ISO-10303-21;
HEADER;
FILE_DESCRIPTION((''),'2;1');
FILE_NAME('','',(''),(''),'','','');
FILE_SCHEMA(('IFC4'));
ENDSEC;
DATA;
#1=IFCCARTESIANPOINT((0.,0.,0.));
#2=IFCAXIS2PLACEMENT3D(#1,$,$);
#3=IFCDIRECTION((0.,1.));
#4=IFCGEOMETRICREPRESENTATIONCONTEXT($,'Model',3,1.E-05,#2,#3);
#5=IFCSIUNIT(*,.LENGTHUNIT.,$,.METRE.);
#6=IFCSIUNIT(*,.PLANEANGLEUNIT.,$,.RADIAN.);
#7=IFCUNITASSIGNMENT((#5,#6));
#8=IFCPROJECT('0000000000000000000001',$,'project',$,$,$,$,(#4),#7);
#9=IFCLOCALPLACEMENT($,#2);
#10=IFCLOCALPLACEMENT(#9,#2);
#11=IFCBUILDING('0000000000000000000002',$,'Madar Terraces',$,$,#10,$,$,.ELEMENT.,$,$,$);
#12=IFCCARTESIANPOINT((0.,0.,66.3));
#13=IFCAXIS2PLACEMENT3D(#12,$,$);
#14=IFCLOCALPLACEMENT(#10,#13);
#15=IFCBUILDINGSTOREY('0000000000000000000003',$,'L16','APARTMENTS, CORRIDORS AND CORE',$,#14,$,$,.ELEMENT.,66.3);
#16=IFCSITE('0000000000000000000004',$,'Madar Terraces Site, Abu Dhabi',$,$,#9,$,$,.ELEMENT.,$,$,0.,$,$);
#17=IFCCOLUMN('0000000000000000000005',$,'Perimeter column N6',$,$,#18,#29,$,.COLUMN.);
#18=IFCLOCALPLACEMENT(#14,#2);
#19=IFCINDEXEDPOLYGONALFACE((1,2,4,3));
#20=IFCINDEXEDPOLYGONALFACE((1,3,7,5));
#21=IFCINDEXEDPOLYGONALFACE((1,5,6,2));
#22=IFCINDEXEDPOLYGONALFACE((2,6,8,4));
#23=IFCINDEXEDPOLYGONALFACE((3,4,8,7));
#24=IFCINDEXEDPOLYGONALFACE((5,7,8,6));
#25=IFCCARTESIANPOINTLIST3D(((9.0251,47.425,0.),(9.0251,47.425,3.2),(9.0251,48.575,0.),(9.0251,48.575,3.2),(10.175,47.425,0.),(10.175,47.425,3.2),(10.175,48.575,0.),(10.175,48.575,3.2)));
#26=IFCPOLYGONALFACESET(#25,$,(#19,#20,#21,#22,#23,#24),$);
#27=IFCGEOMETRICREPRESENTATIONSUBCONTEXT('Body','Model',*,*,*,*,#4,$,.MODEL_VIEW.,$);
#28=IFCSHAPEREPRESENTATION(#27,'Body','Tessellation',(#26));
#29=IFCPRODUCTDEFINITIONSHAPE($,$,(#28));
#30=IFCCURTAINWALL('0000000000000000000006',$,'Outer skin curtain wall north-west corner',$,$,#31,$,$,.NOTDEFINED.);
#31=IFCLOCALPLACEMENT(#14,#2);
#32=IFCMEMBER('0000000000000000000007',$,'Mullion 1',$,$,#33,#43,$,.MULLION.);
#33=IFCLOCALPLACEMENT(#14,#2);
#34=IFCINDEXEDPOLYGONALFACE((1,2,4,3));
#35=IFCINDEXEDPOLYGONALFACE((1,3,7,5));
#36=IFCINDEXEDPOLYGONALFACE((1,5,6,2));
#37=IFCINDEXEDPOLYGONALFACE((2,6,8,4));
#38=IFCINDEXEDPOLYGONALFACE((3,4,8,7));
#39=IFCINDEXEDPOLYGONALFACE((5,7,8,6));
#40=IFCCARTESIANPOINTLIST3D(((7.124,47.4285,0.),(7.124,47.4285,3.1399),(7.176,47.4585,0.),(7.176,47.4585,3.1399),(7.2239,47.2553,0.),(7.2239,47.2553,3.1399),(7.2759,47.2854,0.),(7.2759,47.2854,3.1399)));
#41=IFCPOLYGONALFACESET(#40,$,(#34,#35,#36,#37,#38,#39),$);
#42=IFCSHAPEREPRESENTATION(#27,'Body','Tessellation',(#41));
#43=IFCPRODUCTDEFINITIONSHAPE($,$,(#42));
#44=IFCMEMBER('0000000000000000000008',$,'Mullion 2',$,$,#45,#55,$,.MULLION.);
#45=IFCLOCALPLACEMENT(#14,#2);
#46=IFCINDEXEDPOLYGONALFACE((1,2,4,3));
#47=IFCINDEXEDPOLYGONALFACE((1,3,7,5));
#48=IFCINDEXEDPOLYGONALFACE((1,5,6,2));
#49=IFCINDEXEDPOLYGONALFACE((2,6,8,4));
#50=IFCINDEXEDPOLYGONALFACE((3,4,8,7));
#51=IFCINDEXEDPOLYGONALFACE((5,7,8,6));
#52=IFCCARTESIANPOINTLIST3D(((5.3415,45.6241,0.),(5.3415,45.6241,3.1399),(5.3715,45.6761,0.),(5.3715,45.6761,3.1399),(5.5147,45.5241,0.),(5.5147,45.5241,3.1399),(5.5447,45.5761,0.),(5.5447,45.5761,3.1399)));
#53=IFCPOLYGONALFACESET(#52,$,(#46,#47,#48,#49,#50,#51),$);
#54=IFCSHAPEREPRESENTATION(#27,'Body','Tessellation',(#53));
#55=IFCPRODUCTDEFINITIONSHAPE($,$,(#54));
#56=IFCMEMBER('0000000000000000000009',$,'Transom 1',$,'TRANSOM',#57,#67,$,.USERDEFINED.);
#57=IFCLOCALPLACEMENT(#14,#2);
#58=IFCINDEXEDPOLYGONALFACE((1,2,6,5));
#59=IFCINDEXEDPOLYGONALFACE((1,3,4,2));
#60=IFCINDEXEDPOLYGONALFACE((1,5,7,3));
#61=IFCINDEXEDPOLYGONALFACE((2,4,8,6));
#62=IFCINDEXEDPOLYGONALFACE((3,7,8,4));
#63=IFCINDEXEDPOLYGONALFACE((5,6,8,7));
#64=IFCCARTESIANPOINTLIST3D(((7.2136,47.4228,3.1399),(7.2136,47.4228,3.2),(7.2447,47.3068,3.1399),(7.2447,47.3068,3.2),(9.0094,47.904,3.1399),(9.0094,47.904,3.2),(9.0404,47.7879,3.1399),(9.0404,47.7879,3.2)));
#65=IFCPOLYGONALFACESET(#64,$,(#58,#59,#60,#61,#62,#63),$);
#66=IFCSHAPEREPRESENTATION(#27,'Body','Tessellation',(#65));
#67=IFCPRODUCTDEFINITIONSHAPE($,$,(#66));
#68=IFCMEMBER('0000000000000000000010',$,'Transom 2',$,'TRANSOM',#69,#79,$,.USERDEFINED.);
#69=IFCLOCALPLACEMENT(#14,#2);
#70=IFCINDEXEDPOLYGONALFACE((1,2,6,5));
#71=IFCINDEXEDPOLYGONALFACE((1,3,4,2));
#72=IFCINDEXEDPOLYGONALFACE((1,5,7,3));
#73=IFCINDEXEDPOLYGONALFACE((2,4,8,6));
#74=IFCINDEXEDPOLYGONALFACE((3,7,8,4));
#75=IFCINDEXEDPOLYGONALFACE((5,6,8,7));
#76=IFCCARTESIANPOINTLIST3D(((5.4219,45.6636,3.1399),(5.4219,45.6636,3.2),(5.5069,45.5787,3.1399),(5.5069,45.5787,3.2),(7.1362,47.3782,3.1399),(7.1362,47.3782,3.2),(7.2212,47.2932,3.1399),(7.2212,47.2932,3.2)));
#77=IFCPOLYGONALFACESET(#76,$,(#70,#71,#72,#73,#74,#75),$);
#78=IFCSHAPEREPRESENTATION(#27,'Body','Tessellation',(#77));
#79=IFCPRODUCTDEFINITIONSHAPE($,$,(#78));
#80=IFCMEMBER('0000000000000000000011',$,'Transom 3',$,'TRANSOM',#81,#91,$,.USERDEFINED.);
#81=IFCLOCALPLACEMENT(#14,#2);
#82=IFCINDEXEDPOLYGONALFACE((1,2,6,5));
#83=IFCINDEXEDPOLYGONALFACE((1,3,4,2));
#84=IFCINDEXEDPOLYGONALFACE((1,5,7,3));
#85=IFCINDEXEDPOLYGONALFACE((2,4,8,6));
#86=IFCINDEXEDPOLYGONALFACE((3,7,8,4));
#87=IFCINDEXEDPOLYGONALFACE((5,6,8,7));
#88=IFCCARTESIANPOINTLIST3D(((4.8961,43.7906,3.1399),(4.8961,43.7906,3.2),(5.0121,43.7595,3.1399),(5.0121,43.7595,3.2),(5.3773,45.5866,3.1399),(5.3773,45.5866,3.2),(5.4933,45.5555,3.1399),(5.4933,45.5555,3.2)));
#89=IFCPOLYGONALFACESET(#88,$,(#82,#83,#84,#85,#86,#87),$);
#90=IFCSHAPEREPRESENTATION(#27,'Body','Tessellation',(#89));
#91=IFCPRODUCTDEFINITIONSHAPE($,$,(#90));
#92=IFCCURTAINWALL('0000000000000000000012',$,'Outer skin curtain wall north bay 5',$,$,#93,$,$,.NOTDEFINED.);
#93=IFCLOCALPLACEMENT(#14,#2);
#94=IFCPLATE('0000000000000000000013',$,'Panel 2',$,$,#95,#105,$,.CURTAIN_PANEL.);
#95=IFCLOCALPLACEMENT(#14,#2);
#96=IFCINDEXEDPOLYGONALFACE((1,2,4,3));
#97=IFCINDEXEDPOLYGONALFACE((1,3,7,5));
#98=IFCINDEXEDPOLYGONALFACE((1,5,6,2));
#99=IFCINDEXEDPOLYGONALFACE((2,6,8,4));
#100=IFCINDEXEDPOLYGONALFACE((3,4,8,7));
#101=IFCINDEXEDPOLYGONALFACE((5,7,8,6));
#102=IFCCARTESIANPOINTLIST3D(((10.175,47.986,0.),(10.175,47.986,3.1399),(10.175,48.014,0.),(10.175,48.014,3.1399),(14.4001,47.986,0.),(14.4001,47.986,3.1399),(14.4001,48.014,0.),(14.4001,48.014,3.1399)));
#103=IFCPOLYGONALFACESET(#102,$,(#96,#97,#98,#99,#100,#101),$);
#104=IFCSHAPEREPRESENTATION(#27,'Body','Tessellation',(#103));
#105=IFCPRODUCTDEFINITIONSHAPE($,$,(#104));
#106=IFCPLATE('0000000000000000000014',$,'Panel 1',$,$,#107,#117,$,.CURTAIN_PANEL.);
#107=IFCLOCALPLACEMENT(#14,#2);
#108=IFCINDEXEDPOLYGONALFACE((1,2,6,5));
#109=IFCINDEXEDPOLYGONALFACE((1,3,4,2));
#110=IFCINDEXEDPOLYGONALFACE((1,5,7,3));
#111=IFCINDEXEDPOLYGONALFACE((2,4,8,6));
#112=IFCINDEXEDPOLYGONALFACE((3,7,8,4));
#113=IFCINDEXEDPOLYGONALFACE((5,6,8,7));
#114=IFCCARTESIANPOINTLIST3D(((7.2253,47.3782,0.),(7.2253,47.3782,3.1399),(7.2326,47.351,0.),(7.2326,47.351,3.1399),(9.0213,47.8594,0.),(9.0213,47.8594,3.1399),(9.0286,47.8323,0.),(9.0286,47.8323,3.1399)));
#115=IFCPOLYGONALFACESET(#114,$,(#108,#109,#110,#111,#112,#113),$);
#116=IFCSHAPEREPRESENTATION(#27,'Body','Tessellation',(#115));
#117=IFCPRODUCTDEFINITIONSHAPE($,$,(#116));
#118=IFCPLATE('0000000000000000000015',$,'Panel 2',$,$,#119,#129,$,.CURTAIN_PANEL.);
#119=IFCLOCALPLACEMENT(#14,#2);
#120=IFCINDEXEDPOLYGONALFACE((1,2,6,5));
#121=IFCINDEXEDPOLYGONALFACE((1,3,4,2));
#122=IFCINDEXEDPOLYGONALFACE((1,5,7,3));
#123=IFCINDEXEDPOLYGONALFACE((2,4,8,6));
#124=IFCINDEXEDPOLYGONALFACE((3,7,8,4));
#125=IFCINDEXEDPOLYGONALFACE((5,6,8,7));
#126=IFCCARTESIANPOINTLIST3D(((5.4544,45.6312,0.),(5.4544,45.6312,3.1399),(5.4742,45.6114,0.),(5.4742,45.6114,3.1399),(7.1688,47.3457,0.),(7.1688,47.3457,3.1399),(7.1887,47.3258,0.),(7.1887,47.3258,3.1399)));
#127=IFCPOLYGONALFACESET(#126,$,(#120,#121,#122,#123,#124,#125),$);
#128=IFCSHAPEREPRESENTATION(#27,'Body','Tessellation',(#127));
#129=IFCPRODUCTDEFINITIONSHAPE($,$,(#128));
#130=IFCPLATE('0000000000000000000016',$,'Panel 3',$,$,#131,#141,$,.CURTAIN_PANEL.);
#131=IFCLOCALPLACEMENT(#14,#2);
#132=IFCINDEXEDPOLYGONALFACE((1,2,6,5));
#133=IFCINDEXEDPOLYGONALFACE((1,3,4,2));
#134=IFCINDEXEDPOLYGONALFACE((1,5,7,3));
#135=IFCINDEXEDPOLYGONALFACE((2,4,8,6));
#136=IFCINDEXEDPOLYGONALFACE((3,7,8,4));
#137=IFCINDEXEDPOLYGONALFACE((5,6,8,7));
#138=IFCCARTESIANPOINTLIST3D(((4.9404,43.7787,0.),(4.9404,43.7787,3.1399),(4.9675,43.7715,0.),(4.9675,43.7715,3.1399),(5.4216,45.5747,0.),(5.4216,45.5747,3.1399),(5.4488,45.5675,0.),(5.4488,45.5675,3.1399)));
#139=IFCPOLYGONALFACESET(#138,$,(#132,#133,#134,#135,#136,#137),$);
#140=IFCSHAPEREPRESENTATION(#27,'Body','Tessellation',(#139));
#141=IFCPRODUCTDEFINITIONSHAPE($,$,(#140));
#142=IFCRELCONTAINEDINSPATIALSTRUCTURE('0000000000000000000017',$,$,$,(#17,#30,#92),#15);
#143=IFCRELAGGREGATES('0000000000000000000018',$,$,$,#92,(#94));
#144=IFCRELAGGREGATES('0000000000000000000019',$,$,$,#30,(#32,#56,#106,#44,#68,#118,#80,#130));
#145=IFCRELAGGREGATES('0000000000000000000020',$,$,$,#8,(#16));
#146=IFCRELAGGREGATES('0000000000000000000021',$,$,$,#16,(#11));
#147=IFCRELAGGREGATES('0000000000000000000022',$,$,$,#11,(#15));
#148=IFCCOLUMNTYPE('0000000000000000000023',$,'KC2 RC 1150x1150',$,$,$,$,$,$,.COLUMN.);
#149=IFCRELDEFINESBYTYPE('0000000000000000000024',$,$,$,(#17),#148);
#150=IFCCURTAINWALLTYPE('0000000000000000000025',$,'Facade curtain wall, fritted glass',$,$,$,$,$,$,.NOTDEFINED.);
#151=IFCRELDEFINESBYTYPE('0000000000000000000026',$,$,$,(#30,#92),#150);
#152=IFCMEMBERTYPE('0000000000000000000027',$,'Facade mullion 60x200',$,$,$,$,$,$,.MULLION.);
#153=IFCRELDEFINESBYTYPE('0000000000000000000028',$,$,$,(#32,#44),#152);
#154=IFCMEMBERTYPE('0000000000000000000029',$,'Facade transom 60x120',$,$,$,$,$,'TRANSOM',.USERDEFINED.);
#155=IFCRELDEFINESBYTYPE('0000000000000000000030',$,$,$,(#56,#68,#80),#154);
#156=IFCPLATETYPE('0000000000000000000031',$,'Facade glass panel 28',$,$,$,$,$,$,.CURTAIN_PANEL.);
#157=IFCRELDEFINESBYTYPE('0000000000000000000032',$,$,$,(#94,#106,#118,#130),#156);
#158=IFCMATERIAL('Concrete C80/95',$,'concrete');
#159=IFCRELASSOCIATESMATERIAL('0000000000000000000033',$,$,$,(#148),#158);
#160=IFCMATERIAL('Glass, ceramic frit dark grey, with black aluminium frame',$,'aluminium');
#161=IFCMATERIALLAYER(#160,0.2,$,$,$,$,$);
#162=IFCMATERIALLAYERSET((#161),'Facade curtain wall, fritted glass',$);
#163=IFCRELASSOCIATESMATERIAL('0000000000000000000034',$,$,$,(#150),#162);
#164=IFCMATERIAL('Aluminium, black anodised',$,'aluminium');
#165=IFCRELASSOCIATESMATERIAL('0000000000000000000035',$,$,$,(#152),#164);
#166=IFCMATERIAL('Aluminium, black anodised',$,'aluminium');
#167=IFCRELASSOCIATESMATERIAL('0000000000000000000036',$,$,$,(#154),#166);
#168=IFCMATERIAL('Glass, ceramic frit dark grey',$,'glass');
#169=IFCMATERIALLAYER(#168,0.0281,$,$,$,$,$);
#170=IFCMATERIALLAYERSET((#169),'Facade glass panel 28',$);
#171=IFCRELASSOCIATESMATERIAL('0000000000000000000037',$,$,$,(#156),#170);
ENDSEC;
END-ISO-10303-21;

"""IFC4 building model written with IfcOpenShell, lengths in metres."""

from ifc_helpers import new_model, si_unit, direction, frame, origin, origin_2d, place, context, subcontext, project, spatial, rectangle, extrude, material, layer, layer_set, material_profile, profile_set, type_object, element, aggregate, save


model = new_model("IFC4")

# Units and contexts
model_context = context("Model", 3, precision=1e-05, world=origin(), true_north=direction((0.0, 1.0)))
body_context = subcontext(model_context, "Body", "Model", "MODEL_VIEW")
ifc_project = project(units=[si_unit("LENGTHUNIT", "METRE"), si_unit("PLANEANGLEUNIT", "RADIAN")], contexts=[model_context])

# Site, building, storey
site_placement = place(None, origin())
site = spatial("IfcSite", under=ifc_project, at=site_placement, Name="Madar Terraces Site, Abu Dhabi", CompositionType="ELEMENT", RefElevation=0.0)
building_placement = place(site_placement, origin())
building = spatial("IfcBuilding", under=site, at=building_placement, Name="Madar Terraces", CompositionType="ELEMENT")
storey_placement = place(building_placement, frame((0.0, 0.0, 66.3)))
storey = spatial("IfcBuildingStorey", under=building, at=storey_placement, Name="L16", Description="APARTMENTS, CORRIDORS AND CORE", CompositionType="ELEMENT", Elevation=66.3)

# Column
ifc_material_1 = material(Name="Concrete C80/95", Category="concrete")
ifc_material_profile_1 = material_profile(ifc_material_1, rectangle(XDim=1.1499, YDim=1.1499, at=origin_2d()), Name="KC2 RC 1150x1150")
ifc_profile_set_1 = profile_set([ifc_material_profile_1], Name="Concrete C80/95")
column_type = type_object("IfcColumnType", Name="KC2 RC 1150x1150", PredefinedType="COLUMN", material=ifc_profile_set_1)
column_placement = place(storey_placement, frame((9.6001, 48.0, 0.0), z_axis=(0.0, 0.0, 1.0), x_axis=(1.0, 0.0, 0.0)))
element("IfcColumn", 1, at=column_placement, inside=storey, type_object=column_type, Name="Perimeter column N6", PredefinedType="COLUMN", context=body_context, shape_type="SweptSolid", body=[
    extrude(rectangle(XDim=1.1499, YDim=1.1499, at=origin_2d()), origin(), (0.0, 0.0, 1.0), 3.2),
])

# Curtain wall, members
ifc_material_2 = material(Name="Glass, ceramic frit dark grey, with black aluminium frame", Category="aluminium")
ifc_layer_1 = layer(ifc_material_2, 0.2)
ifc_layer_set_1 = layer_set([ifc_layer_1], Name="Facade curtain wall, fritted glass")
curtain_wall_type = type_object("IfcCurtainWallType", Name="Facade curtain wall, fritted glass", PredefinedType="NOTDEFINED", material=ifc_layer_set_1)
curtain_wall_1_placement = place(storey_placement, origin())
curtain_wall_1 = element("IfcCurtainWall", 2, at=curtain_wall_1_placement, inside=storey, type_object=curtain_wall_type, Name="Outer skin curtain wall north-west corner", PredefinedType="NOTDEFINED")
ifc_material_3 = material(Name="Aluminium, black anodised", Category="aluminium")
ifc_material_profile_2 = material_profile(ifc_material_3, rectangle(XDim=0.2, YDim=0.0601, at=origin_2d()), Name="Facade mullion 60x200")
ifc_profile_set_2 = profile_set([ifc_material_profile_2], Name="Aluminium, black anodised")
member_type_1 = type_object("IfcMemberType", Name="Facade mullion 60x200", PredefinedType="MULLION", material=ifc_profile_set_2)
member_1_placement = place(storey_placement, frame((7.2, 47.3569, 0.0), z_axis=(0.0, 0.0, 1.0), x_axis=(0.5, -0.866025, 0.0)))
member_1 = element("IfcMember", 3, at=member_1_placement, type_object=member_type_1, Name="Mullion 1", PredefinedType="MULLION", context=body_context, shape_type="SweptSolid", body=[
    extrude(rectangle(XDim=0.2, YDim=0.0601, at=origin_2d()), origin(), (0.0, 0.0, 1.0), 3.1399),
])
member_2_placement = place(storey_placement, frame((5.4431, 45.6001, 0.0), z_axis=(0.0, 0.0, 1.0), x_axis=(0.866025, -0.5, 0.0)))
member_2 = element("IfcMember", 4, at=member_2_placement, type_object=member_type_1, Name="Mullion 2", PredefinedType="MULLION", context=body_context, shape_type="SweptSolid", body=[
    extrude(rectangle(XDim=0.2, YDim=0.0601, at=origin_2d()), origin(), (0.0, 0.0, 1.0), 3.1399),
])
ifc_material_4 = material(Name="Aluminium, black anodised", Category="aluminium")
ifc_material_profile_3 = material_profile(ifc_material_4, rectangle(XDim=0.1201, YDim=0.0601, at=origin_2d()), Name="Facade transom 60x120")
ifc_profile_set_3 = profile_set([ifc_material_profile_3], Name="Aluminium, black anodised")
member_type_2 = type_object("IfcMemberType", Name="Facade transom 60x120", ElementType="TRANSOM", PredefinedType="USERDEFINED", material=ifc_profile_set_3)
member_3_placement = place(storey_placement, frame((9.0249, 47.8459, 3.1699), z_axis=(-0.965927, -0.258815, 0.0), x_axis=(0.258815, -0.965927, 0.0)))
member_3 = element("IfcMember", 5, at=member_3_placement, type_object=member_type_2, Name="Transom 1", ObjectType="TRANSOM", PredefinedType="USERDEFINED", context=body_context, shape_type="SweptSolid", body=[
    extrude(rectangle(XDim=0.1201, YDim=0.0601, at=origin_2d()), origin(), (0.0, 0.0, 1.0), 1.8591),
])
member_4_placement = place(storey_placement, frame((7.1787, 47.3357, 3.1699), z_axis=(-0.707056, -0.707157, 0.0), x_axis=(0.707157, -0.707056, 0.0)))
member_4 = element("IfcMember", 6, at=member_4_placement, type_object=member_type_2, Name="Transom 2", ObjectType="TRANSOM", PredefinedType="USERDEFINED", context=body_context, shape_type="SweptSolid", body=[
    extrude(rectangle(XDim=0.1201, YDim=0.0601, at=origin_2d()), origin(), (0.0, 0.0, 1.0), 2.4246),
])
member_5_placement = place(storey_placement, frame((5.4353, 45.571, 3.1699), z_axis=(-0.258782, -0.965936, 0.0), x_axis=(0.965936, -0.258782, 0.0)))
member_5 = element("IfcMember", 7, at=member_5_placement, type_object=member_type_2, Name="Transom 3", ObjectType="TRANSOM", PredefinedType="USERDEFINED", context=body_context, shape_type="SweptSolid", body=[
    extrude(rectangle(XDim=0.1201, YDim=0.0601, at=origin_2d()), origin(), (0.0, 0.0, 1.0), 1.8594),
])

# Curtain wall, plate
curtain_wall_2_placement = place(storey_placement, origin())
curtain_wall_2 = element("IfcCurtainWall", 8, at=curtain_wall_2_placement, inside=storey, type_object=curtain_wall_type, Name="Outer skin curtain wall north bay 5", PredefinedType="NOTDEFINED")
ifc_material_5 = material(Name="Glass, ceramic frit dark grey", Category="glass")
ifc_layer_2 = layer(ifc_material_5, 0.0281)
ifc_layer_set_2 = layer_set([ifc_layer_2], Name="Facade glass panel 28")
plate_type = type_object("IfcPlateType", Name="Facade glass panel 28", PredefinedType="CURTAIN_PANEL", material=ifc_layer_set_2)
plate_1_placement = place(storey_placement, frame((12.2876, 48.0, 0.0), z_axis=(0.0, 0.0, 1.0), x_axis=(-1.0, 0.0, 0.0)))
plate_1 = element("IfcPlate", 9, at=plate_1_placement, type_object=plate_type, Name="Panel 2", PredefinedType="CURTAIN_PANEL", context=body_context, shape_type="SweptSolid", body=[
    extrude(rectangle(XDim=4.2251, YDim=0.0281, at=origin_2d()), origin(), (0.0, 0.0, 1.0), 3.1399),
])
aggregate(curtain_wall_2, [plate_1])

# Plates
plate_2_placement = place(storey_placement, frame((8.127, 47.6052, 0.0), z_axis=(0.0, 0.0, 1.0), x_axis=(-0.965926, -0.258819, 0.0)))
plate_2 = element("IfcPlate", 10, at=plate_2_placement, type_object=plate_type, Name="Panel 1", PredefinedType="CURTAIN_PANEL", context=body_context, shape_type="SweptSolid", body=[
    extrude(rectangle(XDim=1.8594, YDim=0.0281, at=origin_2d()), origin(), (0.0, 0.0, 1.0), 3.1399),
])
plate_3_placement = place(storey_placement, frame((6.3215, 46.4785, 0.0), z_axis=(0.0, 0.0, 1.0), x_axis=(-0.707107, -0.707107, 0.0)))
plate_3 = element("IfcPlate", 11, at=plate_3_placement, type_object=plate_type, Name="Panel 2", PredefinedType="CURTAIN_PANEL", context=body_context, shape_type="SweptSolid", body=[
    extrude(rectangle(XDim=2.4246, YDim=0.0281, at=origin_2d()), origin(), (0.0, 0.0, 1.0), 3.1399),
])
plate_4_placement = place(storey_placement, frame((5.1946, 44.6731, 0.0), z_axis=(0.0, 0.0, 1.0), x_axis=(-0.258819, -0.965926, 0.0)))
plate_4 = element("IfcPlate", 12, at=plate_4_placement, type_object=plate_type, Name="Panel 3", PredefinedType="CURTAIN_PANEL", context=body_context, shape_type="SweptSolid", body=[
    extrude(rectangle(XDim=1.8594, YDim=0.0281, at=origin_2d()), origin(), (0.0, 0.0, 1.0), 3.1399),
])
aggregate(curtain_wall_1, [member_1, member_3, plate_2, member_2, member_4, plate_3, member_5, plate_4])

save(model, "model.ifc")
